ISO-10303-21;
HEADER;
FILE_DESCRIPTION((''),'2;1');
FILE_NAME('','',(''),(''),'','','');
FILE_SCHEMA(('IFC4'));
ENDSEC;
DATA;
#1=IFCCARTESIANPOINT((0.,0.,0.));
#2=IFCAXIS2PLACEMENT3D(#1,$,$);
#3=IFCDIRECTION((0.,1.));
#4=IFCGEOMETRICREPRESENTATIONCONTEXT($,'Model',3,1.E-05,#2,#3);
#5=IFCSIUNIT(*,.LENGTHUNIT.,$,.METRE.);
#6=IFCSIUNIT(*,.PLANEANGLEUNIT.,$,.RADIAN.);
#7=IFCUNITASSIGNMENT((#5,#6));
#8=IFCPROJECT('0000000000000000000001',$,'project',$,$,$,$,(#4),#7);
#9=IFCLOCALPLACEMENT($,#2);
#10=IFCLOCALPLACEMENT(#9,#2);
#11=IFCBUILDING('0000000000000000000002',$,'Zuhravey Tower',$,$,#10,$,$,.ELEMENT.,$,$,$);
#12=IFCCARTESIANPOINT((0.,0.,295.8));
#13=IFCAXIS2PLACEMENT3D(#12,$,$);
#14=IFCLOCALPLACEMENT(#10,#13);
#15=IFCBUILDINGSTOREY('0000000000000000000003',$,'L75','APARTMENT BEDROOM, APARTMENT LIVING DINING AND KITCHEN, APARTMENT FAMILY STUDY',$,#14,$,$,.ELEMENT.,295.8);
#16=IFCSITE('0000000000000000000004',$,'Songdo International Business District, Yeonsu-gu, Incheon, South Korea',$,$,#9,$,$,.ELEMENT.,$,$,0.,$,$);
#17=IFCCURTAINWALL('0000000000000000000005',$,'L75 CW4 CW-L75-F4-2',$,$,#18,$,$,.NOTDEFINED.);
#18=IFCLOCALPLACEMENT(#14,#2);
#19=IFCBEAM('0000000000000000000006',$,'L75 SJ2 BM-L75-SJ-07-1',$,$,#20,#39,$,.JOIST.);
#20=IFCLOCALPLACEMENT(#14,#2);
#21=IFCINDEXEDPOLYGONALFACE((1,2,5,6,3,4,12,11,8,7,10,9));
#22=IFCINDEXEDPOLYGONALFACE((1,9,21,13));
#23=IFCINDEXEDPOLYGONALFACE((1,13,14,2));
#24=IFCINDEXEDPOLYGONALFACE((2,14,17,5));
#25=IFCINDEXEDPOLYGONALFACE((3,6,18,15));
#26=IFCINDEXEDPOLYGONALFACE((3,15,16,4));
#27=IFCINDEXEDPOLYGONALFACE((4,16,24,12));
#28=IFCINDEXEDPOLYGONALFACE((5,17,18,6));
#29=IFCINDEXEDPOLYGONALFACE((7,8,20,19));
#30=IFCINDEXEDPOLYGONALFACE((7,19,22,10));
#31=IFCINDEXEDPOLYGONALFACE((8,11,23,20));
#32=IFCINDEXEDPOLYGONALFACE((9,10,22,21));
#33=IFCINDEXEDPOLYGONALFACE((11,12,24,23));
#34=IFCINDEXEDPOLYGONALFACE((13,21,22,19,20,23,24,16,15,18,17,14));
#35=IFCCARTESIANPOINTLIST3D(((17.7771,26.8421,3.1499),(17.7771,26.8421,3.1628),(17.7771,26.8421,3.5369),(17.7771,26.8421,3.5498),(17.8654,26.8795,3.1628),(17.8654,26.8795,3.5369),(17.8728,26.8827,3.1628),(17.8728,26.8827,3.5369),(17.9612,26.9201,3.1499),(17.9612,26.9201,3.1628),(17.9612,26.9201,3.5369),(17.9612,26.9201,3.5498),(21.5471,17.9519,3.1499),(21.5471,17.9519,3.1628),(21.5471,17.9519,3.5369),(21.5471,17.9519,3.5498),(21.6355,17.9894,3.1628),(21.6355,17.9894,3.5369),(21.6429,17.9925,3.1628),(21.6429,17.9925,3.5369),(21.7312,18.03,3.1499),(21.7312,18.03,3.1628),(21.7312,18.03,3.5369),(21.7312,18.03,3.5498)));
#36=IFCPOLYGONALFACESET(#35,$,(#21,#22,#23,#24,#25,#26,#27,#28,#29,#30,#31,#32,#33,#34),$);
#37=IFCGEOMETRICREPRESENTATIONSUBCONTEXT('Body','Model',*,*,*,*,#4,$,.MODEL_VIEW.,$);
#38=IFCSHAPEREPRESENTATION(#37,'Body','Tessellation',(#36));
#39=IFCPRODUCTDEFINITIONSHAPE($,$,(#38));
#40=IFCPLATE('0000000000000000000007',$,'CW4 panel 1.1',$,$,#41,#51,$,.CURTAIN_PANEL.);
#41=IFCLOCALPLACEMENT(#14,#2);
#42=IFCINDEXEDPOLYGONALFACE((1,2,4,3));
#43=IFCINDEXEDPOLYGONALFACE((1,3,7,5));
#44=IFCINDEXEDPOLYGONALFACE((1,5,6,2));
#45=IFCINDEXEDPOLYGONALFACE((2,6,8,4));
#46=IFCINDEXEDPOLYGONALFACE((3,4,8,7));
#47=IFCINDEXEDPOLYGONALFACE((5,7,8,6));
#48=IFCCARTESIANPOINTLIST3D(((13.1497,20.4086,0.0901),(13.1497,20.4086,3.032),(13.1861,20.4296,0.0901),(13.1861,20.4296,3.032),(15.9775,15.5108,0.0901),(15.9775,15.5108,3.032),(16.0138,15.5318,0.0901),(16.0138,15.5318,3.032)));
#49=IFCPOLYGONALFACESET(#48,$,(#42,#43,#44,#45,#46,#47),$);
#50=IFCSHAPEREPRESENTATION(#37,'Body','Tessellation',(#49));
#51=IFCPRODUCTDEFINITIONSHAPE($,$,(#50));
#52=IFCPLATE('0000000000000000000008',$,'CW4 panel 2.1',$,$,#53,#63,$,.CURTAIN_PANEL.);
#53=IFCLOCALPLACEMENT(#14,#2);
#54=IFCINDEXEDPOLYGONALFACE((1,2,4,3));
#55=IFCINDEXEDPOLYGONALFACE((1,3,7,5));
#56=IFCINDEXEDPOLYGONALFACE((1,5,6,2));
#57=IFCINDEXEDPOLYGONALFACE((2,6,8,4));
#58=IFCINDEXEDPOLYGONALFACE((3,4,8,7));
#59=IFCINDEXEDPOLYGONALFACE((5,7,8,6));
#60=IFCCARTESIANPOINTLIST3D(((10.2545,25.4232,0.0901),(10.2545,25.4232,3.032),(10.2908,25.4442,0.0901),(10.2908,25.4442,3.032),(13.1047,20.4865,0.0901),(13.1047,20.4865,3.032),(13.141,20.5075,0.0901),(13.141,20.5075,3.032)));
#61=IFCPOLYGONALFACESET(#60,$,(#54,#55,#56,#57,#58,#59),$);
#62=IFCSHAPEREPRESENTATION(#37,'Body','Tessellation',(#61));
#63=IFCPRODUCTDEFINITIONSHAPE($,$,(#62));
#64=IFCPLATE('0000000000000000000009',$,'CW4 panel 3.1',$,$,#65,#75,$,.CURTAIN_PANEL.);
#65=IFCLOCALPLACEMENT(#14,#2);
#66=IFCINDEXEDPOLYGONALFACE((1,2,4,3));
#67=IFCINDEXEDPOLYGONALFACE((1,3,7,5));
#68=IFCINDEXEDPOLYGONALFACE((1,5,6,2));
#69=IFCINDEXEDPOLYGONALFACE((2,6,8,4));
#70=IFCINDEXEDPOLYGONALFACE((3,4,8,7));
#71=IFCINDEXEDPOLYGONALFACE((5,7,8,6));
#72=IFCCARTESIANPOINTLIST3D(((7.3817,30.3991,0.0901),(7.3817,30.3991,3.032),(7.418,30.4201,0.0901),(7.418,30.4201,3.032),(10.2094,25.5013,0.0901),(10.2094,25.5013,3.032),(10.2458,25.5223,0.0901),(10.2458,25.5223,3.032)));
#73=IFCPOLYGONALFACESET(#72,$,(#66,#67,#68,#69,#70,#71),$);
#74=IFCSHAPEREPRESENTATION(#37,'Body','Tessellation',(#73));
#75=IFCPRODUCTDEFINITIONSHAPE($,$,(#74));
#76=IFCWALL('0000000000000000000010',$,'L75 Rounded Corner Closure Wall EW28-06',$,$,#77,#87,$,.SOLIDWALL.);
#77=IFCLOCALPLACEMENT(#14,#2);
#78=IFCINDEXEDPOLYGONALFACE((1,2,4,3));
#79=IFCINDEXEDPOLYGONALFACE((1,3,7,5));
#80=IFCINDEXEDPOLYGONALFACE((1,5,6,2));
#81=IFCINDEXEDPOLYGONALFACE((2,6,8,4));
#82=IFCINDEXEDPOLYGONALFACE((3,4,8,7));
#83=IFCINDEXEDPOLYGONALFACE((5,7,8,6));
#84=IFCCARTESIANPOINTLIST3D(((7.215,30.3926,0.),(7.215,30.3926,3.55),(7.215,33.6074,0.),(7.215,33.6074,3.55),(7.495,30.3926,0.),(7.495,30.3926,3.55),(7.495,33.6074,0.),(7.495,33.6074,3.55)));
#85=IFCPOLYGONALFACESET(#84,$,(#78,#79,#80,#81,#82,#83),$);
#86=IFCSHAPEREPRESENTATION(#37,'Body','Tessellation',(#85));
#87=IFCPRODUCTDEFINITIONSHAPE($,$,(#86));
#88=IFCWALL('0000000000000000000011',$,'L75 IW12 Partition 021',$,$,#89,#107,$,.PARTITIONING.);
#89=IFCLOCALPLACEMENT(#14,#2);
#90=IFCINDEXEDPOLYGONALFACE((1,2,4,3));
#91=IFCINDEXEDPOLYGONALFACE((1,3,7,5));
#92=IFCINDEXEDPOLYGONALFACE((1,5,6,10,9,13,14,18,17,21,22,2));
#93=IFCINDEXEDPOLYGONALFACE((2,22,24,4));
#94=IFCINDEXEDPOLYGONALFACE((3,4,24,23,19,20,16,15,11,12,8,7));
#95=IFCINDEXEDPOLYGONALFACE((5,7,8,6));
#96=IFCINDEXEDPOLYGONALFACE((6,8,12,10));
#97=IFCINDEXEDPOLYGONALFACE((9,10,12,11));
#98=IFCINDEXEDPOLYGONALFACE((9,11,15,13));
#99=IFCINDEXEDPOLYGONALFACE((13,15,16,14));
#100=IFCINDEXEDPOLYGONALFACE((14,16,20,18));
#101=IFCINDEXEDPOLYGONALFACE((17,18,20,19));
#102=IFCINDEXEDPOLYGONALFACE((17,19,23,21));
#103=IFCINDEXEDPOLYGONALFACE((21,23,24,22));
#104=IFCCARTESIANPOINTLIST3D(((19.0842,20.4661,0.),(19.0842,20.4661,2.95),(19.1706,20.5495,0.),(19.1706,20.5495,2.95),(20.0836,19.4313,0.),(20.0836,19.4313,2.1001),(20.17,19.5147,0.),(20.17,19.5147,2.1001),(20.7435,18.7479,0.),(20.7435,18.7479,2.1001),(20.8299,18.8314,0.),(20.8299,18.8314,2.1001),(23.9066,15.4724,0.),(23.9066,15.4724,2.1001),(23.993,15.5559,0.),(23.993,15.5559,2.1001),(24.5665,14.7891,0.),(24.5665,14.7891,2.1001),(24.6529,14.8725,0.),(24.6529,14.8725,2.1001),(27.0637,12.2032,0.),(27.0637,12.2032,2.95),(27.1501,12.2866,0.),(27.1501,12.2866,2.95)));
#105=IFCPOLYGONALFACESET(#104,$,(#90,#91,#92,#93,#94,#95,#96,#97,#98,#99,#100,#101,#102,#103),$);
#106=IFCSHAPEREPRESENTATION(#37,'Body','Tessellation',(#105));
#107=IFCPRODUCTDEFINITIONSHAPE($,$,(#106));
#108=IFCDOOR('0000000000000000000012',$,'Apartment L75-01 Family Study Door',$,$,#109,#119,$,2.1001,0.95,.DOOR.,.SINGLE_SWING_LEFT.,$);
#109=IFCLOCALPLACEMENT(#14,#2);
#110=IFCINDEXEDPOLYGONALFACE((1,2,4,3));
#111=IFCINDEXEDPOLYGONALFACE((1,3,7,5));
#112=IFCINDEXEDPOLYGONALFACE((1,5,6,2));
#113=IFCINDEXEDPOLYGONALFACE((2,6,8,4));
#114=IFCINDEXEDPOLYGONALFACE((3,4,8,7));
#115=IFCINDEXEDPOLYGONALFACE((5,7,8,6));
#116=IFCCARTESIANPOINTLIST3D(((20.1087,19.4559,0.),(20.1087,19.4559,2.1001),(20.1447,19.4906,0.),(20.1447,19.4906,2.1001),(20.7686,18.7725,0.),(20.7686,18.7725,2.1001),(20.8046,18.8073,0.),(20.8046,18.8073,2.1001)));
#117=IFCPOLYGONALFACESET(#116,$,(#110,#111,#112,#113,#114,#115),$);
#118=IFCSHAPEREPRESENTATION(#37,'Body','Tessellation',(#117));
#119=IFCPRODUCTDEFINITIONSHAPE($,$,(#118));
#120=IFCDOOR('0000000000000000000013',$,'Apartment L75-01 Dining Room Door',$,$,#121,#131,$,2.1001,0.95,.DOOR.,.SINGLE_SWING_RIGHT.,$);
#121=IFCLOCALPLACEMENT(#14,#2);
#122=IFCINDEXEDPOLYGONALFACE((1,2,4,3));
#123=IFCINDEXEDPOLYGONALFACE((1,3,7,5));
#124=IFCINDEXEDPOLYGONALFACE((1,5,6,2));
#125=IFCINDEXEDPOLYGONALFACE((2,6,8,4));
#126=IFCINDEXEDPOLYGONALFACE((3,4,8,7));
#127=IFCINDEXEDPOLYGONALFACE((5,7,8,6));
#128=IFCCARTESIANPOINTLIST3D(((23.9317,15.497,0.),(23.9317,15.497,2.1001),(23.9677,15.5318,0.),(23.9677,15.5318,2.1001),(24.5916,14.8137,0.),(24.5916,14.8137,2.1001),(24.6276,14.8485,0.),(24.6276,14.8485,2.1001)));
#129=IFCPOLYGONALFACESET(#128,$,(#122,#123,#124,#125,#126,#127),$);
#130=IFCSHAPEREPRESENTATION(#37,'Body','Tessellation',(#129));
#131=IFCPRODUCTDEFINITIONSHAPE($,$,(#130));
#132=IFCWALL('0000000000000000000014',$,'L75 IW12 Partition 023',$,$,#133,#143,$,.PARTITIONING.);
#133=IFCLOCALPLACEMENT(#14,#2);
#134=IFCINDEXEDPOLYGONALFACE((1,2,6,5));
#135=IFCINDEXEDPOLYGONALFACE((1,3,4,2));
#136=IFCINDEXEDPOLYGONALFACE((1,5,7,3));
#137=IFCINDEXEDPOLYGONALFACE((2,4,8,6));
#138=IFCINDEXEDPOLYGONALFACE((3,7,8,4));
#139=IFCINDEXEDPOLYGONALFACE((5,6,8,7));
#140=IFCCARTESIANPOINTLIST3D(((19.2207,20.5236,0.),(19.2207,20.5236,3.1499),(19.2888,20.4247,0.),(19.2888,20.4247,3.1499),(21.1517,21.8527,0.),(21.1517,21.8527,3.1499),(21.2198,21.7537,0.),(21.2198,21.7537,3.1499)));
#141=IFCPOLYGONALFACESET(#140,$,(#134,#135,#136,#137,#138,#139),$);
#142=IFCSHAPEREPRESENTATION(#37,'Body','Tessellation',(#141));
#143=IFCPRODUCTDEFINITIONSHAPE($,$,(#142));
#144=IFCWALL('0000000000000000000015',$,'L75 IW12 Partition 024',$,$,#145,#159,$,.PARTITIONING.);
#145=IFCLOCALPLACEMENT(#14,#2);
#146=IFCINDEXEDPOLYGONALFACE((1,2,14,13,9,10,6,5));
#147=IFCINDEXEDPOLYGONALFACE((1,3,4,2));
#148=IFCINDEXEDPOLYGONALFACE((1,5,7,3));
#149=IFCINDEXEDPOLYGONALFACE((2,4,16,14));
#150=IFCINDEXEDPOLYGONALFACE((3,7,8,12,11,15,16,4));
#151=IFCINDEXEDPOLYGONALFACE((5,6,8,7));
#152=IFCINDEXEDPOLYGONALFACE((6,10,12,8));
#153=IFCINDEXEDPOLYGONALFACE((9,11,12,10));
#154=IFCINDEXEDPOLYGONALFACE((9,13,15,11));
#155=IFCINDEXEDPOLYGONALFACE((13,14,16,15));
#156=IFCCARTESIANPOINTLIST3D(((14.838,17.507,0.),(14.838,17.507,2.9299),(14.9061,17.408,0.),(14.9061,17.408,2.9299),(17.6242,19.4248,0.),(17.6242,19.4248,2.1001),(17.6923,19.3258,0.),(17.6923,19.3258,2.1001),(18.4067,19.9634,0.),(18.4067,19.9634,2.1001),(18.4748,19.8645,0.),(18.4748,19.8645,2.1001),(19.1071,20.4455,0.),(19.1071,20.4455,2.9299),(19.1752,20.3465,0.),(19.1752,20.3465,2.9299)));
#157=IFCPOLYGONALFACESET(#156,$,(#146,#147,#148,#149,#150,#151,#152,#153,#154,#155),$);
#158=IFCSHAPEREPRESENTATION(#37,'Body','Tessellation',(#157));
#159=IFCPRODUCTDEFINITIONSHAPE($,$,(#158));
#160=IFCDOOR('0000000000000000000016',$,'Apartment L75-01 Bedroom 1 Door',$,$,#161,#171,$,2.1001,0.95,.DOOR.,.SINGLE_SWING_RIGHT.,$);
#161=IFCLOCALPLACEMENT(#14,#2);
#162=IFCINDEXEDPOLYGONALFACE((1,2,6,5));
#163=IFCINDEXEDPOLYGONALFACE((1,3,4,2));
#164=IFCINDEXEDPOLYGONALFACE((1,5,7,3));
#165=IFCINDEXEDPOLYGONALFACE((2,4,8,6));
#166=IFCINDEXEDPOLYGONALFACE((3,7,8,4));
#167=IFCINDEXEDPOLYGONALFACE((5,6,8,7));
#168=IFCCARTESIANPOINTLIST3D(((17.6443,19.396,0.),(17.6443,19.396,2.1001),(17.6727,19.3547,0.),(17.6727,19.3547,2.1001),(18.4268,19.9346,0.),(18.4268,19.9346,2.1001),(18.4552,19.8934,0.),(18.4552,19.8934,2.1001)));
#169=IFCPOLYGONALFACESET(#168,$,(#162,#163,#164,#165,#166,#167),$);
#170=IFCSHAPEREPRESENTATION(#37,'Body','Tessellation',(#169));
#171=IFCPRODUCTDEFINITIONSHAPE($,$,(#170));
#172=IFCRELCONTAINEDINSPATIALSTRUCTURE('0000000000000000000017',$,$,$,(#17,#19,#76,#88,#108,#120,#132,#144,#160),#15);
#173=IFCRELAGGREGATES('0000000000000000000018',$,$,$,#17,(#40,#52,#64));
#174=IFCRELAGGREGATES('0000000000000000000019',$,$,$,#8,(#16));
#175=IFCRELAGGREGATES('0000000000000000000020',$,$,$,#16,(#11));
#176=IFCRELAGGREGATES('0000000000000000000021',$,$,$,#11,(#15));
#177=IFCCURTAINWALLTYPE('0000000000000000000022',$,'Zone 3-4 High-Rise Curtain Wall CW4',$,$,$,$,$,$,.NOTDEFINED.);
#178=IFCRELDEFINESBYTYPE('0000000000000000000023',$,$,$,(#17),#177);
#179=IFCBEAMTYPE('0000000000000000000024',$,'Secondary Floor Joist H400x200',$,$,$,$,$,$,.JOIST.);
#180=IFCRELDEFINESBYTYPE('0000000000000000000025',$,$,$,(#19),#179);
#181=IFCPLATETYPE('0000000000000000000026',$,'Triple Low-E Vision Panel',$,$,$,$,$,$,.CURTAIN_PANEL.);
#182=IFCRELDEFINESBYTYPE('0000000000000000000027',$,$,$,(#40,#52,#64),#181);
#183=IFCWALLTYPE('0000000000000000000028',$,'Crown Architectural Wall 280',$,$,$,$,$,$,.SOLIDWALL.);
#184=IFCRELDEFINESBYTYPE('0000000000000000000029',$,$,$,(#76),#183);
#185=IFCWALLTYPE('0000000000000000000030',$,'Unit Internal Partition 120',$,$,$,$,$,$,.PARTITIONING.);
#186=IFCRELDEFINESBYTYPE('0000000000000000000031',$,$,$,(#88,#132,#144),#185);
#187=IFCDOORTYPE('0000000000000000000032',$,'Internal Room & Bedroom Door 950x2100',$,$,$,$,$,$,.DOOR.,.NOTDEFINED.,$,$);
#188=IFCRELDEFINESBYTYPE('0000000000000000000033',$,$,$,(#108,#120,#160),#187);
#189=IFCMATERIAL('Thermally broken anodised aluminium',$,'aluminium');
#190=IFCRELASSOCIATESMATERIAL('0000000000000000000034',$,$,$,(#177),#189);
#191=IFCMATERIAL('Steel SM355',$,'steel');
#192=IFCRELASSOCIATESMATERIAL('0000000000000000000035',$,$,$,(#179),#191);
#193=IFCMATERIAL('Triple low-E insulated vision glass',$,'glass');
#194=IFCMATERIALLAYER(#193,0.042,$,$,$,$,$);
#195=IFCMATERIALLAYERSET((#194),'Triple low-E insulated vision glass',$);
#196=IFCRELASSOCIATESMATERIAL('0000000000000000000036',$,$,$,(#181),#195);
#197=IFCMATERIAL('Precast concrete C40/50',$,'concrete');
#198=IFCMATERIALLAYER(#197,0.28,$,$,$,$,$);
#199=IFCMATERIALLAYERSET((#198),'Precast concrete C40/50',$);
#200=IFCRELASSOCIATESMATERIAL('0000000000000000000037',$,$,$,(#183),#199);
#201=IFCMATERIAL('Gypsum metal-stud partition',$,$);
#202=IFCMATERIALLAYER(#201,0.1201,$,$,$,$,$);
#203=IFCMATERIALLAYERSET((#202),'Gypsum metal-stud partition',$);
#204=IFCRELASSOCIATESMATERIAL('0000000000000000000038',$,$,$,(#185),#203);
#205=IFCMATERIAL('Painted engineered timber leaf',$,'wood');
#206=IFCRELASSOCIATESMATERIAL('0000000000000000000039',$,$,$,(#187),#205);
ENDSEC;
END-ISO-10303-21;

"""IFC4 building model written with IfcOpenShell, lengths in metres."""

from ifc_helpers import new_model, si_unit, direction, frame, frame_2d, origin, origin_2d, place, context, subcontext, project, spatial, rectangle, i_section, extrude, material, layer, layer_set, material_profile, profile_set, type_object, element, fill, aggregate, save


model = new_model("IFC4")

# Units and contexts
model_context = context("Model", 3, precision=1e-05, world=origin(), true_north=direction((0.0, 1.0)))
body_context = subcontext(model_context, "Body", "Model", "MODEL_VIEW")
ifc_project = project(units=[si_unit("LENGTHUNIT", "METRE"), si_unit("PLANEANGLEUNIT", "RADIAN")], contexts=[model_context])

# Site, building, storey
site_placement = place(None, origin())
site = spatial("IfcSite", under=ifc_project, at=site_placement, Name="Songdo International Business District, Yeonsu-gu, Incheon, South Korea", CompositionType="ELEMENT", RefElevation=0.0)
building_placement = place(site_placement, origin())
building = spatial("IfcBuilding", under=site, at=building_placement, Name="Zuhravey Tower", CompositionType="ELEMENT")
storey_placement = place(building_placement, frame((0.0, 0.0, 295.8)))
storey = spatial("IfcBuildingStorey", under=building, at=storey_placement, Name="L75", Description="APARTMENT BEDROOM, APARTMENT LIVING DINING AND KITCHEN, APARTMENT FAMILY STUDY", CompositionType="ELEMENT", Elevation=295.8)

# Curtain wall
ifc_material_1 = material(Name="Thermally broken anodised aluminium", Category="aluminium")
curtain_wall_type = type_object("IfcCurtainWallType", Name="Zone 3-4 High-Rise Curtain Wall CW4", PredefinedType="NOTDEFINED", material=ifc_material_1)
curtain_wall_placement = place(storey_placement, origin())
curtain_wall = element("IfcCurtainWall", 1, at=curtain_wall_placement, inside=storey, type_object=curtain_wall_type, Name="L75 CW4 CW-L75-F4-2", PredefinedType="NOTDEFINED")

# Beam
ifc_material_2 = material(Name="Steel SM355", Category="steel")
ifc_material_profile_1 = material_profile(ifc_material_2, i_section(OverallWidth=0.2, OverallDepth=0.3999, WebThickness=0.0081, FlangeThickness=0.0129, at=origin_2d()), Name="H-400x200x8x13")
ifc_profile_set_1 = profile_set([ifc_material_profile_1], Name="Steel SM355")
beam_type_1 = type_object("IfcBeamType", Name="Secondary Floor Joist H400x200", PredefinedType="JOIST", material=ifc_profile_set_1)
beam_1_placement = place(storey_placement, frame((17.8691, 26.8811, 3.3499), z_axis=(0.390413, -0.92064, 0.0), x_axis=(0.92064, 0.390413, 0.0)))
element("IfcBeam", 2, at=beam_1_placement, inside=storey, type_object=beam_type_1, Name="L75 SJ2 BM-L75-SJ-07-1", PredefinedType="JOIST", context=body_context, shape_type="SweptSolid", body=[
    extrude(i_section(OverallWidth=0.2, OverallDepth=0.3999, WebThickness=0.0081, FlangeThickness=0.0129, at=origin_2d()), origin(), (0.0, 0.0, 1.0), 9.6565),
])

# Plates
ifc_material_3 = material(Name="Triple low-E insulated vision glass", Category="glass")
ifc_layer_1 = layer(ifc_material_3, 0.042)
ifc_layer_set_1 = layer_set([ifc_layer_1], Name="Triple low-E insulated vision glass")
plate_type = type_object("IfcPlateType", Name="Triple Low-E Vision Panel", PredefinedType="CURTAIN_PANEL", material=ifc_layer_set_1)
plate_1_placement = place(storey_placement, frame((14.5818, 17.9702, 0.0901), z_axis=(0.0, 0.0, 1.0), x_axis=(-0.499999, 0.866026, 0.0)))
plate_1 = element("IfcPlate", 3, at=plate_1_placement, type_object=plate_type, Name="CW4 panel 1.1", PredefinedType="CURTAIN_PANEL", context=body_context, shape_type="SweptSolid", body=[
    extrude(rectangle(XDim=5.6555, YDim=0.042, at=origin_2d()), origin(), (0.0, 0.0, 1.0), 2.9419),
])
plate_2_placement = place(storey_placement, frame((11.6978, 22.9653, 0.0901), z_axis=(0.0, 0.0, 1.0), x_axis=(-0.499999, 0.866026, 0.0)))
plate_2 = element("IfcPlate", 4, at=plate_2_placement, type_object=plate_type, Name="CW4 panel 2.1", PredefinedType="CURTAIN_PANEL", context=body_context, shape_type="SweptSolid", body=[
    extrude(rectangle(XDim=5.7004, YDim=0.042, at=origin_2d()), origin(), (0.0, 0.0, 1.0), 2.9419),
])
plate_3_placement = place(storey_placement, frame((8.8137, 27.9607, 0.0901), z_axis=(0.0, 0.0, 1.0), x_axis=(-0.499999, 0.866026, 0.0)))
plate_3 = element("IfcPlate", 5, at=plate_3_placement, type_object=plate_type, Name="CW4 panel 3.1", PredefinedType="CURTAIN_PANEL", context=body_context, shape_type="SweptSolid", body=[
    extrude(rectangle(XDim=5.6555, YDim=0.042, at=origin_2d()), origin(), (0.0, 0.0, 1.0), 2.9419),
])
aggregate(curtain_wall, [plate_1, plate_2, plate_3])

# Wall
ifc_material_4 = material(Name="Precast concrete C40/50", Category="concrete")
ifc_layer_2 = layer(ifc_material_4, 0.28)
ifc_layer_set_2 = layer_set([ifc_layer_2], Name="Precast concrete C40/50")
wall_type_1 = type_object("IfcWallType", Name="Crown Architectural Wall 280", PredefinedType="SOLIDWALL", material=ifc_layer_set_2)
wall_1_placement = place(storey_placement, frame((7.355, 30.3926, 0.0), z_axis=(0.0, 0.0, 1.0), x_axis=(0.0, 1.0, 0.0)))
element("IfcWall", 6, at=wall_1_placement, inside=storey, type_object=wall_type_1, Name="L75 Rounded Corner Closure Wall EW28-06", PredefinedType="SOLIDWALL", context=body_context, shape_type="SweptSolid", body=[
    extrude(rectangle(XDim=3.2148, YDim=0.28, at=frame_2d((1.6074, 0.0))), origin(), (0.0, 0.0, 1.0), 3.55),
])

# Wall, openings, doors
ifc_material_5 = material(Name="Gypsum metal-stud partition")
ifc_layer_3 = layer(ifc_material_5, 0.1201)
ifc_layer_set_3 = layer_set([ifc_layer_3], Name="Gypsum metal-stud partition")
wall_type_2 = type_object("IfcWallType", Name="Unit Internal Partition 120", PredefinedType="PARTITIONING", material=ifc_layer_set_3)
wall_2_placement = place(storey_placement, frame((19.1274, 20.5078, 0.0), z_axis=(0.0, 0.0, 1.0), x_axis=(0.694661, -0.719337, 0.0)))
wall_2 = element("IfcWall", 7, at=wall_2_placement, inside=storey, type_object=wall_type_2, Name="L75 IW12 Partition 021", PredefinedType="PARTITIONING", context=body_context, shape_type="SweptSolid", body=[
    extrude(rectangle(XDim=11.4868, YDim=0.1201, at=frame_2d((5.7434, 0.0))), origin(), (0.0, 0.0, 1.0), 2.95),
])
opening_1_placement = place(wall_2_placement, frame((1.4385, 0.0, 0.0)))
opening_1 = element("IfcOpeningElement", 8, at=opening_1_placement, cuts=wall_2, PredefinedType="OPENING", context=body_context, shape_type="SweptSolid", body=[
    extrude(rectangle(XDim=0.95, YDim=2.1001, at=frame_2d((0.4751, 1.05))), frame((0.0, 0.072, 0.0), z_axis=(0.0, -1.0, 0.0), x_axis=(1.0, 0.0, 0.0)), (0.0, 0.0, 1.0), 0.144),
])
opening_2_placement = place(wall_2_placement, frame((6.9419, 0.0, 0.0)))
opening_2 = element("IfcOpeningElement", 9, at=opening_2_placement, cuts=wall_2, PredefinedType="OPENING", context=body_context, shape_type="SweptSolid", body=[
    extrude(rectangle(XDim=0.95, YDim=2.1001, at=frame_2d((0.4751, 1.05))), frame((0.0, 0.072, 0.0), z_axis=(0.0, -1.0, 0.0), x_axis=(1.0, 0.0, 0.0)), (0.0, 0.0, 1.0), 0.144),
])
ifc_material_6 = material(Name="Painted engineered timber leaf", Category="wood")
door_type = type_object("IfcDoorType", Name="Internal Room & Bedroom Door 950x2100", OperationType="NOTDEFINED", PredefinedType="DOOR", material=ifc_material_6)
door_1_placement = place(opening_1_placement, frame((0.95, 0.0, 0.0), z_axis=(0.0, 0.0, 1.0), x_axis=(-1.0, 0.0, 0.0)))
door_1 = element("IfcDoor", 10, at=door_1_placement, inside=storey, type_object=door_type, Name="Apartment L75-01 Family Study Door", OperationType="SINGLE_SWING_LEFT", OverallHeight=2.1001, OverallWidth=0.95, PredefinedType="DOOR", context=body_context, shape_type="SweptSolid", body=[
    extrude(rectangle(XDim=0.95, YDim=2.1001, at=frame_2d((0.4751, 1.05))), frame((0.0, 0.0249, 0.0), z_axis=(0.0, -1.0, 0.0), x_axis=(1.0, 0.0, 0.0)), (0.0, 0.0, 1.0), 0.05),
])
fill(opening_1, door_1)
door_2_placement = place(opening_2_placement, frame((0.95, 0.0, 0.0), z_axis=(0.0, 0.0, 1.0), x_axis=(-1.0, 0.0, 0.0)))
door_2 = element("IfcDoor", 11, at=door_2_placement, inside=storey, type_object=door_type, Name="Apartment L75-01 Dining Room Door", OperationType="SINGLE_SWING_RIGHT", OverallHeight=2.1001, OverallWidth=0.95, PredefinedType="DOOR", context=body_context, shape_type="SweptSolid", body=[
    extrude(rectangle(XDim=0.95, YDim=2.1001, at=frame_2d((0.4751, 1.05))), frame((0.0, 0.0249, 0.0), z_axis=(0.0, -1.0, 0.0), x_axis=(1.0, 0.0, 0.0)), (0.0, 0.0, 1.0), 0.05),
])
fill(opening_2, door_2)

# Wall
wall_3_placement = place(storey_placement, frame((21.1858, 21.8032, 0.0), z_axis=(0.0, 0.0, 1.0), x_axis=(-0.823756, -0.566944, 0.0)))
element("IfcWall", 12, at=wall_3_placement, inside=storey, type_object=wall_type_2, Name="L75 IW12 Partition 023", PredefinedType="PARTITIONING", context=body_context, shape_type="SweptSolid", body=[
    extrude(rectangle(XDim=2.3442, YDim=0.1201, at=frame_2d((1.1721, 0.0))), origin(), (0.0, 0.0, 1.0), 3.1499),
])

# Wall, opening, door
wall_4_placement = place(storey_placement, frame((19.1411, 20.396, 0.0), z_axis=(0.0, 0.0, 1.0), x_axis=(-0.823726, -0.566989, 0.0)))
wall_4 = element("IfcWall", 13, at=wall_4_placement, inside=storey, type_object=wall_type_2, Name="L75 IW12 Partition 024", PredefinedType="PARTITIONING", context=body_context, shape_type="SweptSolid", body=[
    extrude(rectangle(XDim=5.1826, YDim=0.1201, at=frame_2d((2.5913, 0.0))), origin(), (0.0, 0.0, 1.0), 2.9299),
])
opening_3_placement = place(wall_4_placement, frame((0.8501, 0.0, 0.0)))
opening_3 = element("IfcOpeningElement", 14, at=opening_3_placement, cuts=wall_4, PredefinedType="OPENING", context=body_context, shape_type="SweptSolid", body=[
    extrude(rectangle(XDim=0.95, YDim=2.1001, at=frame_2d((0.4751, 1.05))), frame((0.0, 0.072, 0.0), z_axis=(0.0, -1.0, 0.0), x_axis=(1.0, 0.0, 0.0)), (0.0, 0.0, 1.0), 0.144),
])
door_3_placement = place(opening_3_placement, frame((0.95, 0.0, 0.0), z_axis=(0.0, 0.0, 1.0), x_axis=(-1.0, 0.0, 0.0)))
door_3 = element("IfcDoor", 15, at=door_3_placement, inside=storey, type_object=door_type, Name="Apartment L75-01 Bedroom 1 Door", OperationType="SINGLE_SWING_RIGHT", OverallHeight=2.1001, OverallWidth=0.95, PredefinedType="DOOR", context=body_context, shape_type="SweptSolid", body=[
    extrude(rectangle(XDim=0.95, YDim=2.1001, at=frame_2d((0.4751, 1.05))), frame((0.0, 0.0249, 0.0), z_axis=(0.0, -1.0, 0.0), x_axis=(1.0, 0.0, 0.0)), (0.0, 0.0, 1.0), 0.05),
])
fill(opening_3, door_3)

save(model, "model.ifc")
